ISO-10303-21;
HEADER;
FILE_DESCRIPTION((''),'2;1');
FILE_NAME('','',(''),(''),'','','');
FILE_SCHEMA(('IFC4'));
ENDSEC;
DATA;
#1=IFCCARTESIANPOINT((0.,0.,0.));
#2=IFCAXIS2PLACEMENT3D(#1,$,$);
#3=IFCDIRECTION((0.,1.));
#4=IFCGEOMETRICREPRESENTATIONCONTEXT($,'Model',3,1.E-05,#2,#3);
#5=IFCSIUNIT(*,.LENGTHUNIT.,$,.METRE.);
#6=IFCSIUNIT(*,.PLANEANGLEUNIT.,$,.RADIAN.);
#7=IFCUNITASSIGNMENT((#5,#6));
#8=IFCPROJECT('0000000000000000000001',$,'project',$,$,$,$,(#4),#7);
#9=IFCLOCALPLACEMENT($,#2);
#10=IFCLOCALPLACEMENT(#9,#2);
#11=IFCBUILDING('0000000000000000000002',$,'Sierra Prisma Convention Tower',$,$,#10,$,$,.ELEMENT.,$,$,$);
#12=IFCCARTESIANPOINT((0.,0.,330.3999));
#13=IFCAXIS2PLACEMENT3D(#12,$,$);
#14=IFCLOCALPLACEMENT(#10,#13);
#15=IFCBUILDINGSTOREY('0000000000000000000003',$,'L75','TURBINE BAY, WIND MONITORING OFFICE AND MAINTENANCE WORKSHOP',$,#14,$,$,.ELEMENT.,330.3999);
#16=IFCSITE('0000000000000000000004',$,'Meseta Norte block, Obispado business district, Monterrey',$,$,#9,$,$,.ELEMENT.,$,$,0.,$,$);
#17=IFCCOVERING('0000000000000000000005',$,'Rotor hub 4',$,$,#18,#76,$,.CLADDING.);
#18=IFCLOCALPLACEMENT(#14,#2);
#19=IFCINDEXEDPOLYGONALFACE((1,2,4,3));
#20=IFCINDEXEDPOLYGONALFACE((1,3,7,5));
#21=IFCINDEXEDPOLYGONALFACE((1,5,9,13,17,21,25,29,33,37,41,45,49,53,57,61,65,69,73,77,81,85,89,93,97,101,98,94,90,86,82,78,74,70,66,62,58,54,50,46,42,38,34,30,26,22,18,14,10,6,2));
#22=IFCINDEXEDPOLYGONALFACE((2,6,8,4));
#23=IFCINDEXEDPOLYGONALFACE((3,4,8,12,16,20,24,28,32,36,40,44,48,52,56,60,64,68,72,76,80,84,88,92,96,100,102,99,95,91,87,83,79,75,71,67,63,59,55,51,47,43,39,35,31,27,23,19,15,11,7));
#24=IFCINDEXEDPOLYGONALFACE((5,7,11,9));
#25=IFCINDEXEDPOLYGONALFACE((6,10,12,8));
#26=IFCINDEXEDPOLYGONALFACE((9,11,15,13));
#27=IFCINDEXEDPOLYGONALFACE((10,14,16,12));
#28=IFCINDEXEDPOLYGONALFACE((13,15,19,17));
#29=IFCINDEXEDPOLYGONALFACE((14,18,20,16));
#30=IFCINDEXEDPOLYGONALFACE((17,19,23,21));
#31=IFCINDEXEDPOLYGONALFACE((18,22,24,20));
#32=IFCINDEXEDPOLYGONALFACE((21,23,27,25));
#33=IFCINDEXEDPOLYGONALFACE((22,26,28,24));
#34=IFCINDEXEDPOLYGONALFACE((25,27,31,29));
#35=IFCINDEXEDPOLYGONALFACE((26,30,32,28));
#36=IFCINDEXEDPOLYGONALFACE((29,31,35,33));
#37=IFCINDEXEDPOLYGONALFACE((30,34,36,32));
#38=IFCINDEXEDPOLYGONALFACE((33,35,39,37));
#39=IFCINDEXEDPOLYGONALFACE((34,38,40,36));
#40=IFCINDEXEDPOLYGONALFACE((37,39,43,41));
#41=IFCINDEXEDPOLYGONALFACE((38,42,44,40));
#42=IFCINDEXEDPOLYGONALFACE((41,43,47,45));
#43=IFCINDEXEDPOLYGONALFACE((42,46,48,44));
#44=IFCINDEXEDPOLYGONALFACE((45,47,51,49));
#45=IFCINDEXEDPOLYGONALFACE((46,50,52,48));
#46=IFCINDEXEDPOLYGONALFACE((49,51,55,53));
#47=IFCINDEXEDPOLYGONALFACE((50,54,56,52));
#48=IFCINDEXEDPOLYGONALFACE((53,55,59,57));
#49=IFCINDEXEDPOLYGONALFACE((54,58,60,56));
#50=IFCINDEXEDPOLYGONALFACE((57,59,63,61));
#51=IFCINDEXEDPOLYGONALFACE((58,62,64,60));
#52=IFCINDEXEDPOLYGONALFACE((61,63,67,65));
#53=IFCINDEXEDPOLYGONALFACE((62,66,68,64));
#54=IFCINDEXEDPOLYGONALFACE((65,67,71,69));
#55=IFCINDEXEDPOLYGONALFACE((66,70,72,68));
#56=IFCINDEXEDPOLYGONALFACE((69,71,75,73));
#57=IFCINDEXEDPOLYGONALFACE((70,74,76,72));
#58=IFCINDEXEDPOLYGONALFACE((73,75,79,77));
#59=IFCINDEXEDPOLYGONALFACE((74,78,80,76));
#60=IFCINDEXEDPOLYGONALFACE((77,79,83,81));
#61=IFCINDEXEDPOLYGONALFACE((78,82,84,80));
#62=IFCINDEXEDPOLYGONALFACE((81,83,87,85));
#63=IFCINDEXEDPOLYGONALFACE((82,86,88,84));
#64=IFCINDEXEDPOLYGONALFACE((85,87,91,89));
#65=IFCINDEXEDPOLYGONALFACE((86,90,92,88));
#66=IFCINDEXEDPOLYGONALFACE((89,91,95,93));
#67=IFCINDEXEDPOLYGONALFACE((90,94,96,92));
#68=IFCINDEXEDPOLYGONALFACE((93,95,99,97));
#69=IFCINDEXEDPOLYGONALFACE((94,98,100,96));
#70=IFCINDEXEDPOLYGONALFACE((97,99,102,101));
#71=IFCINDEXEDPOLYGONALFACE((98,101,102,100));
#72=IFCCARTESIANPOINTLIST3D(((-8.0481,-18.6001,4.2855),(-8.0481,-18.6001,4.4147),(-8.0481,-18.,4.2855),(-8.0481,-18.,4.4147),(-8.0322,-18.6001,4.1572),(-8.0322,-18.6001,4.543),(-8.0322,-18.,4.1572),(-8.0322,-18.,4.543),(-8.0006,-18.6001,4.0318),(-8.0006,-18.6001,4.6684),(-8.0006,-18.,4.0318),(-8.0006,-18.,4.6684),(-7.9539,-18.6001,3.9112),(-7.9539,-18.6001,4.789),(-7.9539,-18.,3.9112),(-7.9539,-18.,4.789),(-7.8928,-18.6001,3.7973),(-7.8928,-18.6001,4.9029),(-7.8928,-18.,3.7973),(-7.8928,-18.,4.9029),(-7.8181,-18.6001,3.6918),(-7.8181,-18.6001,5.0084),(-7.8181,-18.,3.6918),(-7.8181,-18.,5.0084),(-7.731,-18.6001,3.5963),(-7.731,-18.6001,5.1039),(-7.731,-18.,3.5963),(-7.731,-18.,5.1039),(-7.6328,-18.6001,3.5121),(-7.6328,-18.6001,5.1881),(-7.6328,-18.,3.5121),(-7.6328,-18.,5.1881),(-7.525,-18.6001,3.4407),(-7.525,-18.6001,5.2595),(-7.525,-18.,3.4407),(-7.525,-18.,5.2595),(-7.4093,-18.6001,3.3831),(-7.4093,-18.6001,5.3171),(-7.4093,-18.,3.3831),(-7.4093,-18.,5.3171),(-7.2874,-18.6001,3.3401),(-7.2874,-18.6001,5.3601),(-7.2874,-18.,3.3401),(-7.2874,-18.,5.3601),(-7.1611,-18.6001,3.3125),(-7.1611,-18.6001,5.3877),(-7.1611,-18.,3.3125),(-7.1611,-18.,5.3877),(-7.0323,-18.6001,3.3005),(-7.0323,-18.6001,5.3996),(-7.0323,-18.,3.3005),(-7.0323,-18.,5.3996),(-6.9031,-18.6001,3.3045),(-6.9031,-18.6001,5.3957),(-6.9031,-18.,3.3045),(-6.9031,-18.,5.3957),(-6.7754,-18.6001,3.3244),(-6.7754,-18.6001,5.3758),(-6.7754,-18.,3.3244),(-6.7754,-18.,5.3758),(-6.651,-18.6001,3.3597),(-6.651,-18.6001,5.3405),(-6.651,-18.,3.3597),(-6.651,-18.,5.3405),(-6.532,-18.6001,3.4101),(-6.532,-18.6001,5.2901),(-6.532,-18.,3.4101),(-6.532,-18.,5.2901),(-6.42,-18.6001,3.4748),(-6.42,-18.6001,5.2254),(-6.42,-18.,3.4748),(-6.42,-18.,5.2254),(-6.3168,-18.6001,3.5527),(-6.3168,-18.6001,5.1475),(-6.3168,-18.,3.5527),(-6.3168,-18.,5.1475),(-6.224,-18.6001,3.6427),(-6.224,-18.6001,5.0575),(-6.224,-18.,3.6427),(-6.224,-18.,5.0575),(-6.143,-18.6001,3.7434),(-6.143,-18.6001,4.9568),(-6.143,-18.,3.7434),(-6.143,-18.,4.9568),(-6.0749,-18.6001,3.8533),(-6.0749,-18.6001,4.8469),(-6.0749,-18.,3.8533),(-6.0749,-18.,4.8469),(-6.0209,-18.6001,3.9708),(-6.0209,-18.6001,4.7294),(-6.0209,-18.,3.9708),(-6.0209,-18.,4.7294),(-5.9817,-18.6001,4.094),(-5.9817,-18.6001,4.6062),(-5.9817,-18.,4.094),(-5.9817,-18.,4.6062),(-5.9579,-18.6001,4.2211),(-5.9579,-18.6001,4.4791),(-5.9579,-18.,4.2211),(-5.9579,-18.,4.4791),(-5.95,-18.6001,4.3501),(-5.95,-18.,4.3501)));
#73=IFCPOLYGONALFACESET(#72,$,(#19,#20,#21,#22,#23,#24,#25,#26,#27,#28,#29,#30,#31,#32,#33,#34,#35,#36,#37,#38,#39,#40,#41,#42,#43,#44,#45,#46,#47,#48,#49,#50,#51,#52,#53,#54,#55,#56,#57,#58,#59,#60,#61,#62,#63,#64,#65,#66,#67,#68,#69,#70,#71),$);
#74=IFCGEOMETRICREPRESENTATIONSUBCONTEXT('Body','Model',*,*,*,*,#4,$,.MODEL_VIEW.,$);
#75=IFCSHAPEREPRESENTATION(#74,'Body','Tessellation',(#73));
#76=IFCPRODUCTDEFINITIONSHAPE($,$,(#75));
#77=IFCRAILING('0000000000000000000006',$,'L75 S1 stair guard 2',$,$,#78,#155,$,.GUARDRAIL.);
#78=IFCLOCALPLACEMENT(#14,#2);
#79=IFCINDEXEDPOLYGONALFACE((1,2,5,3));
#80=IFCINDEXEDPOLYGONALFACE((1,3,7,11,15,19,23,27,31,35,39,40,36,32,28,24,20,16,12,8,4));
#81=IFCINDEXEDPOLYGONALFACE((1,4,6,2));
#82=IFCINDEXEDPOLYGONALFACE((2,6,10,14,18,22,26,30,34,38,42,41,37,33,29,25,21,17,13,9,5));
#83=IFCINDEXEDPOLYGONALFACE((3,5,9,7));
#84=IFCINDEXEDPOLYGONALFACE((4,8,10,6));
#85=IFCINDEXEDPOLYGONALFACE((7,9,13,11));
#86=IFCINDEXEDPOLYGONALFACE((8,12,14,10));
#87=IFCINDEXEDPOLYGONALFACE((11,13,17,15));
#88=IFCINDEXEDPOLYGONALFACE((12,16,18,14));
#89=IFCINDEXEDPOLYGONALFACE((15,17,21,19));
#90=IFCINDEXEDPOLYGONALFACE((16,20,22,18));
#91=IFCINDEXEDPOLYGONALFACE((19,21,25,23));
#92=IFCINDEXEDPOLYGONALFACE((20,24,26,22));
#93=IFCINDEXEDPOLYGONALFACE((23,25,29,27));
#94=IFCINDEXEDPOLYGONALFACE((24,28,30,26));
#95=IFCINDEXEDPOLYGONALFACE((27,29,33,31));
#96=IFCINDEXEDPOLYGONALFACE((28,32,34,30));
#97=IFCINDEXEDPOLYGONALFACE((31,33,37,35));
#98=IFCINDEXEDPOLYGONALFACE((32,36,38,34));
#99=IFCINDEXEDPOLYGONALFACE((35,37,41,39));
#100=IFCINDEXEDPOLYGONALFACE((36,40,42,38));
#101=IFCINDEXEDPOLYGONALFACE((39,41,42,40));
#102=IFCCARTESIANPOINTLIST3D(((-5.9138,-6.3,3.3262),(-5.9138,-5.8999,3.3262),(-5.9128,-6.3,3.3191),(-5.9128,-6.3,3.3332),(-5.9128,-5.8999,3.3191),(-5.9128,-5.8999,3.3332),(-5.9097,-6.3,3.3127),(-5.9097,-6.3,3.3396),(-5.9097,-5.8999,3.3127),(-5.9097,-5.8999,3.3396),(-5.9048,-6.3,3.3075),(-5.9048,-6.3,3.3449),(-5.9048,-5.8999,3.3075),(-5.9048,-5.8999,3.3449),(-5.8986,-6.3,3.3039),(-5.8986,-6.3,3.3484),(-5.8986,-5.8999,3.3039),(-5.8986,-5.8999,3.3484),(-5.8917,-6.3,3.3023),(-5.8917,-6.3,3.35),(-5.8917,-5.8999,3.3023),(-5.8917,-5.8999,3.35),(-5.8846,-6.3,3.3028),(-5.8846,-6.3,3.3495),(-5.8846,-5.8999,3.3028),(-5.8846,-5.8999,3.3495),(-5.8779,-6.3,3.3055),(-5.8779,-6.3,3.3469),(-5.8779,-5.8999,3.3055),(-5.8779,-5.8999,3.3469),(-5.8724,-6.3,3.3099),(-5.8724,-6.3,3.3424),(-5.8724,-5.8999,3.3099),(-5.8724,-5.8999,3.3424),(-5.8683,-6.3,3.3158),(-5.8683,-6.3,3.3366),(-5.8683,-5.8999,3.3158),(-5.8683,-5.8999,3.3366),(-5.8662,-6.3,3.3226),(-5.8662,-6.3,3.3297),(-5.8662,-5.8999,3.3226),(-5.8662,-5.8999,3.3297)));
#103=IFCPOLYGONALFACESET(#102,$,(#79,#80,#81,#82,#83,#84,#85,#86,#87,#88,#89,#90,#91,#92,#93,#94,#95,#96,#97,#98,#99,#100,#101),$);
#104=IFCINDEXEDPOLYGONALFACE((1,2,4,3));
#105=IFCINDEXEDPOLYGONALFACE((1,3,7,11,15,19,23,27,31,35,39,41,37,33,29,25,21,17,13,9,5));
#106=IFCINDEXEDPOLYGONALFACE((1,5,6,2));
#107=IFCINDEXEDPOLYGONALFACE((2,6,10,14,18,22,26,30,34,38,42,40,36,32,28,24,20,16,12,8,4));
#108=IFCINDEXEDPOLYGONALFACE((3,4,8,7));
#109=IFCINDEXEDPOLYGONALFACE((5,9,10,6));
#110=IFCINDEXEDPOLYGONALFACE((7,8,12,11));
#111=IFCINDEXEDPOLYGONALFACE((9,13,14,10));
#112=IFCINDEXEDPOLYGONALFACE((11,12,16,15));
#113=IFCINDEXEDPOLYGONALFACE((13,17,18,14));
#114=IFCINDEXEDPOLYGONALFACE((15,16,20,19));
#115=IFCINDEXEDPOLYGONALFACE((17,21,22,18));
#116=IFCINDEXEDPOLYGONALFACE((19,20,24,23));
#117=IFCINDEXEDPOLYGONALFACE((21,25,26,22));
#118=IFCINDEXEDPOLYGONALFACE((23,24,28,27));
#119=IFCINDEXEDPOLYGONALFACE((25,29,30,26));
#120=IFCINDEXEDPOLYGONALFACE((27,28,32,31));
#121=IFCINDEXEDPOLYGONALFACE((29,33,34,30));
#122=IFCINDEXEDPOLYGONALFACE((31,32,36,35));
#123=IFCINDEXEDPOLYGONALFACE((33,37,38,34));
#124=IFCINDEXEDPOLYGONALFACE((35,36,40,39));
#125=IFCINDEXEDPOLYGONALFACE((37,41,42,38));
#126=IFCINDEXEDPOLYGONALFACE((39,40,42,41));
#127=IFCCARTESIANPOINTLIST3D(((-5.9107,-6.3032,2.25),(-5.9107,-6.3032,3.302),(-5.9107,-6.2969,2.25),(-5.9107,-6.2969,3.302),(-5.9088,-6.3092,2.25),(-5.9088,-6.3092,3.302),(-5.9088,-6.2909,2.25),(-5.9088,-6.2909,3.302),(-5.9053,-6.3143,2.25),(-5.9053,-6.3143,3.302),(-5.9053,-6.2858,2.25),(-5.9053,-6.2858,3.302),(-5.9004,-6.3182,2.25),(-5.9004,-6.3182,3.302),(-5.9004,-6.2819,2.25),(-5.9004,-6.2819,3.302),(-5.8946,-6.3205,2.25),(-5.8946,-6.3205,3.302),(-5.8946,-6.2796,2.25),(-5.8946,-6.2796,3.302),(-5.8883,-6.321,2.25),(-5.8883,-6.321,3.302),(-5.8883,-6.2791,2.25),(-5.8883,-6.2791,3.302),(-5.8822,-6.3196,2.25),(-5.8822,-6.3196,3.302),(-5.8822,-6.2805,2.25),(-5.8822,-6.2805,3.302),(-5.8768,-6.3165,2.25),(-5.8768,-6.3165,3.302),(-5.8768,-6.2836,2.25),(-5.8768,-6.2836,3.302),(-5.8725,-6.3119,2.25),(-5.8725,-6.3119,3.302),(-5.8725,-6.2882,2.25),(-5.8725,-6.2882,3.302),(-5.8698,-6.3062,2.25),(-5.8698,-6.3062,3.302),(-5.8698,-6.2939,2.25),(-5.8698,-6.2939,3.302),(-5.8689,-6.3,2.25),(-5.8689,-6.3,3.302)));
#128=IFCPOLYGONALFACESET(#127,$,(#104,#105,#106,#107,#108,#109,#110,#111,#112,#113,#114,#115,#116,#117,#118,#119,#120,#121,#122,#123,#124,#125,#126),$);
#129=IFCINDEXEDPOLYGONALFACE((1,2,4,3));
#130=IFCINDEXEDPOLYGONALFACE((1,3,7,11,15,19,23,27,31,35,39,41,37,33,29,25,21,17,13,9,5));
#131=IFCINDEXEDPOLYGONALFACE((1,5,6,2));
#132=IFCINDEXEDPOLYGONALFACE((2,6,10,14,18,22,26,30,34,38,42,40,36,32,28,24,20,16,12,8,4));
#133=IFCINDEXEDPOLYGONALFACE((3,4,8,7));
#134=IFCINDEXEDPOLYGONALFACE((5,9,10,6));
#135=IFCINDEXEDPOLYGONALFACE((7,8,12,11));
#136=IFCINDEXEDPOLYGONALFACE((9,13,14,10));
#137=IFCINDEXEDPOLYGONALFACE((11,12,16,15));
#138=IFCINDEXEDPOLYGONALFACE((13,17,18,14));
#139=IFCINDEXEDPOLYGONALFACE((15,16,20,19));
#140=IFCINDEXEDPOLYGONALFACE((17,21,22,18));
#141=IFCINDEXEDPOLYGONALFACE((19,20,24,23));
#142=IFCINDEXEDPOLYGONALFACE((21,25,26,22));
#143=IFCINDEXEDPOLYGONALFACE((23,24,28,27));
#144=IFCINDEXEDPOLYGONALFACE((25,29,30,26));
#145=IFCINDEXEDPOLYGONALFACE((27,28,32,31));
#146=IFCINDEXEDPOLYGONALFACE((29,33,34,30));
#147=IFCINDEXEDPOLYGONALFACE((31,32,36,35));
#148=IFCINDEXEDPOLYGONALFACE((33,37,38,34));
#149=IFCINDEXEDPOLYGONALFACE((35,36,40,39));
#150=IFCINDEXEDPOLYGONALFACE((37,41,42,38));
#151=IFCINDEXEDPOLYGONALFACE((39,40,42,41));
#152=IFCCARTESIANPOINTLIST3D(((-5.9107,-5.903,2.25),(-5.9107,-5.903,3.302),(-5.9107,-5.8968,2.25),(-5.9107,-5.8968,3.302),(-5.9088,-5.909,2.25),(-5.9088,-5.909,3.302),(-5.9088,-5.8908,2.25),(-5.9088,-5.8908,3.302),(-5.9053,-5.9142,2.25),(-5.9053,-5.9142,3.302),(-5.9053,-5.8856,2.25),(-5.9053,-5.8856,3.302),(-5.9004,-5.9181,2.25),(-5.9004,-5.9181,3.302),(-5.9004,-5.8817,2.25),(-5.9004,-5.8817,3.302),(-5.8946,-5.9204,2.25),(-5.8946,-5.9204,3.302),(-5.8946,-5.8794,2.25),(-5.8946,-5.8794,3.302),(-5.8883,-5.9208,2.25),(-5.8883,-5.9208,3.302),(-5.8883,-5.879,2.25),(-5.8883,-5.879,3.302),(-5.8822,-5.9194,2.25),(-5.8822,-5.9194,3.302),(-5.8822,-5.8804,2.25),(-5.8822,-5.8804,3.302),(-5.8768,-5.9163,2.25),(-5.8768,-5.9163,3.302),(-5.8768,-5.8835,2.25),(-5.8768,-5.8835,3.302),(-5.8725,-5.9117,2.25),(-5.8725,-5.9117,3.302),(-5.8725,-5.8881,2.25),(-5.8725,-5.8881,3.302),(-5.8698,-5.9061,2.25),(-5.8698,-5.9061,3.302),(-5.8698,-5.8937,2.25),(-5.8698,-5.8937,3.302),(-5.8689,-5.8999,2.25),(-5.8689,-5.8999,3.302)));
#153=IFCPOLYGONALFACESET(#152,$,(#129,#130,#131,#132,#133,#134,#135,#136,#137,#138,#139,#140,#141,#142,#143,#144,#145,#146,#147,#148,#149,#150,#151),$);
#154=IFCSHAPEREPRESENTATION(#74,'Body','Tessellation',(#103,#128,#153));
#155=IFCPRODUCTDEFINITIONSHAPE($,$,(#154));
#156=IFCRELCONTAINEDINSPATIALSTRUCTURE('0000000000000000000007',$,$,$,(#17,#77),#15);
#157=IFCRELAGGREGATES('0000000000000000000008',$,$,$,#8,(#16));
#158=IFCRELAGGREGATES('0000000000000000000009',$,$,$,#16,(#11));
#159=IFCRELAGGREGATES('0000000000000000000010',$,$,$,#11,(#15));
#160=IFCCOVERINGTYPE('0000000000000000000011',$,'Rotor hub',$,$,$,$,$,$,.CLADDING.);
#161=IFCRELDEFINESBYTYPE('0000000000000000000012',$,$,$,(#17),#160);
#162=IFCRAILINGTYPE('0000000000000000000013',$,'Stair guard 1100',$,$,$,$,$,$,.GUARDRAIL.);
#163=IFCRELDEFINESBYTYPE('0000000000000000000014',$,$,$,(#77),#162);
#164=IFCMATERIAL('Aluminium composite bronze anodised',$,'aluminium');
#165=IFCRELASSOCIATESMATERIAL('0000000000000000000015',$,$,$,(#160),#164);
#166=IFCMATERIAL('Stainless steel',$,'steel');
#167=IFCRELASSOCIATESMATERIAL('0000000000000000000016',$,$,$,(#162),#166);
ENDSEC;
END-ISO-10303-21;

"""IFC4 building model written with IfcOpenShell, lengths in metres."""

from ifc_helpers import new_model, si_unit, direction, frame, origin, origin_2d, place, context, subcontext, project, spatial, circle, extrude, material, material_profile, profile_set, type_object, element, save


model = new_model("IFC4")

# Units and contexts
model_context = context("Model", 3, precision=1e-05, world=origin(), true_north=direction((0.0, 1.0)))
body_context = subcontext(model_context, "Body", "Model", "MODEL_VIEW")
ifc_project = project(units=[si_unit("LENGTHUNIT", "METRE"), si_unit("PLANEANGLEUNIT", "RADIAN")], contexts=[model_context])

# Site, building, storey
site_placement = place(None, origin())
site = spatial("IfcSite", under=ifc_project, at=site_placement, Name="Meseta Norte block, Obispado business district, Monterrey", CompositionType="ELEMENT", RefElevation=0.0)
building_placement = place(site_placement, origin())
building = spatial("IfcBuilding", under=site, at=building_placement, Name="Sierra Prisma Convention Tower", CompositionType="ELEMENT")
storey_placement = place(building_placement, frame((0.0, 0.0, 330.3999)))
storey = spatial("IfcBuildingStorey", under=building, at=storey_placement, Name="L75", Description="TURBINE BAY, WIND MONITORING OFFICE AND MAINTENANCE WORKSHOP", CompositionType="ELEMENT", Elevation=330.3999)

# Covering
ifc_material_1 = material(Name="Aluminium composite bronze anodised", Category="aluminium")
ifc_material_profile_1 = material_profile(ifc_material_1, circle(Radius=1.05, at=origin_2d()), Name="ROTOR HUB 2100")
ifc_profile_set_1 = profile_set([ifc_material_profile_1], Name="Aluminium composite bronze anodised")
covering_type_1 = type_object("IfcCoveringType", Name="Rotor hub", PredefinedType="CLADDING", material=ifc_profile_set_1)
covering_1_placement = place(storey_placement, frame((-7.0, -18.0, 4.3501), z_axis=(0.0, -1.0, 0.0), x_axis=(1.0, 0.0, 0.0)))
element("IfcCovering", 1, at=covering_1_placement, inside=storey, type_object=covering_type_1, Name="Rotor hub 4", PredefinedType="CLADDING", context=body_context, shape_type="SweptSolid", body=[
    extrude(circle(Radius=1.05, at=origin_2d()), origin(), (0.0, 0.0, 1.0), 0.6001),
])

# Railing
ifc_material_2 = material(Name="Stainless steel", Category="steel")
railing_type_1 = type_object("IfcRailingType", Name="Stair guard 1100", PredefinedType="GUARDRAIL", material=ifc_material_2)
railing_1_placement = place(storey_placement, frame((-5.8899, -6.3, 2.25)))
element("IfcRailing", 2, at=railing_1_placement, inside=storey, type_object=railing_type_1, Name="L75 S1 stair guard 2", PredefinedType="GUARDRAIL", context=body_context, shape_type="SweptSolid", body=[
    extrude(circle(Radius=0.0239, at=origin_2d()), frame((0.0, 0.0, 1.0762), z_axis=(0.0, 1.0, 0.0), x_axis=(-1.0, 0.0, 0.0)), (0.0, 0.0, 1.0), 0.4001),
    extrude(circle(Radius=0.021, at=origin_2d()), origin(), (0.0, 0.0, 1.0), 1.052),
    extrude(circle(Radius=0.021, at=origin_2d()), frame((0.0, 0.4001, 0.0)), (0.0, 0.0, 1.0), 1.052),
])

save(model, "model.ifc")
